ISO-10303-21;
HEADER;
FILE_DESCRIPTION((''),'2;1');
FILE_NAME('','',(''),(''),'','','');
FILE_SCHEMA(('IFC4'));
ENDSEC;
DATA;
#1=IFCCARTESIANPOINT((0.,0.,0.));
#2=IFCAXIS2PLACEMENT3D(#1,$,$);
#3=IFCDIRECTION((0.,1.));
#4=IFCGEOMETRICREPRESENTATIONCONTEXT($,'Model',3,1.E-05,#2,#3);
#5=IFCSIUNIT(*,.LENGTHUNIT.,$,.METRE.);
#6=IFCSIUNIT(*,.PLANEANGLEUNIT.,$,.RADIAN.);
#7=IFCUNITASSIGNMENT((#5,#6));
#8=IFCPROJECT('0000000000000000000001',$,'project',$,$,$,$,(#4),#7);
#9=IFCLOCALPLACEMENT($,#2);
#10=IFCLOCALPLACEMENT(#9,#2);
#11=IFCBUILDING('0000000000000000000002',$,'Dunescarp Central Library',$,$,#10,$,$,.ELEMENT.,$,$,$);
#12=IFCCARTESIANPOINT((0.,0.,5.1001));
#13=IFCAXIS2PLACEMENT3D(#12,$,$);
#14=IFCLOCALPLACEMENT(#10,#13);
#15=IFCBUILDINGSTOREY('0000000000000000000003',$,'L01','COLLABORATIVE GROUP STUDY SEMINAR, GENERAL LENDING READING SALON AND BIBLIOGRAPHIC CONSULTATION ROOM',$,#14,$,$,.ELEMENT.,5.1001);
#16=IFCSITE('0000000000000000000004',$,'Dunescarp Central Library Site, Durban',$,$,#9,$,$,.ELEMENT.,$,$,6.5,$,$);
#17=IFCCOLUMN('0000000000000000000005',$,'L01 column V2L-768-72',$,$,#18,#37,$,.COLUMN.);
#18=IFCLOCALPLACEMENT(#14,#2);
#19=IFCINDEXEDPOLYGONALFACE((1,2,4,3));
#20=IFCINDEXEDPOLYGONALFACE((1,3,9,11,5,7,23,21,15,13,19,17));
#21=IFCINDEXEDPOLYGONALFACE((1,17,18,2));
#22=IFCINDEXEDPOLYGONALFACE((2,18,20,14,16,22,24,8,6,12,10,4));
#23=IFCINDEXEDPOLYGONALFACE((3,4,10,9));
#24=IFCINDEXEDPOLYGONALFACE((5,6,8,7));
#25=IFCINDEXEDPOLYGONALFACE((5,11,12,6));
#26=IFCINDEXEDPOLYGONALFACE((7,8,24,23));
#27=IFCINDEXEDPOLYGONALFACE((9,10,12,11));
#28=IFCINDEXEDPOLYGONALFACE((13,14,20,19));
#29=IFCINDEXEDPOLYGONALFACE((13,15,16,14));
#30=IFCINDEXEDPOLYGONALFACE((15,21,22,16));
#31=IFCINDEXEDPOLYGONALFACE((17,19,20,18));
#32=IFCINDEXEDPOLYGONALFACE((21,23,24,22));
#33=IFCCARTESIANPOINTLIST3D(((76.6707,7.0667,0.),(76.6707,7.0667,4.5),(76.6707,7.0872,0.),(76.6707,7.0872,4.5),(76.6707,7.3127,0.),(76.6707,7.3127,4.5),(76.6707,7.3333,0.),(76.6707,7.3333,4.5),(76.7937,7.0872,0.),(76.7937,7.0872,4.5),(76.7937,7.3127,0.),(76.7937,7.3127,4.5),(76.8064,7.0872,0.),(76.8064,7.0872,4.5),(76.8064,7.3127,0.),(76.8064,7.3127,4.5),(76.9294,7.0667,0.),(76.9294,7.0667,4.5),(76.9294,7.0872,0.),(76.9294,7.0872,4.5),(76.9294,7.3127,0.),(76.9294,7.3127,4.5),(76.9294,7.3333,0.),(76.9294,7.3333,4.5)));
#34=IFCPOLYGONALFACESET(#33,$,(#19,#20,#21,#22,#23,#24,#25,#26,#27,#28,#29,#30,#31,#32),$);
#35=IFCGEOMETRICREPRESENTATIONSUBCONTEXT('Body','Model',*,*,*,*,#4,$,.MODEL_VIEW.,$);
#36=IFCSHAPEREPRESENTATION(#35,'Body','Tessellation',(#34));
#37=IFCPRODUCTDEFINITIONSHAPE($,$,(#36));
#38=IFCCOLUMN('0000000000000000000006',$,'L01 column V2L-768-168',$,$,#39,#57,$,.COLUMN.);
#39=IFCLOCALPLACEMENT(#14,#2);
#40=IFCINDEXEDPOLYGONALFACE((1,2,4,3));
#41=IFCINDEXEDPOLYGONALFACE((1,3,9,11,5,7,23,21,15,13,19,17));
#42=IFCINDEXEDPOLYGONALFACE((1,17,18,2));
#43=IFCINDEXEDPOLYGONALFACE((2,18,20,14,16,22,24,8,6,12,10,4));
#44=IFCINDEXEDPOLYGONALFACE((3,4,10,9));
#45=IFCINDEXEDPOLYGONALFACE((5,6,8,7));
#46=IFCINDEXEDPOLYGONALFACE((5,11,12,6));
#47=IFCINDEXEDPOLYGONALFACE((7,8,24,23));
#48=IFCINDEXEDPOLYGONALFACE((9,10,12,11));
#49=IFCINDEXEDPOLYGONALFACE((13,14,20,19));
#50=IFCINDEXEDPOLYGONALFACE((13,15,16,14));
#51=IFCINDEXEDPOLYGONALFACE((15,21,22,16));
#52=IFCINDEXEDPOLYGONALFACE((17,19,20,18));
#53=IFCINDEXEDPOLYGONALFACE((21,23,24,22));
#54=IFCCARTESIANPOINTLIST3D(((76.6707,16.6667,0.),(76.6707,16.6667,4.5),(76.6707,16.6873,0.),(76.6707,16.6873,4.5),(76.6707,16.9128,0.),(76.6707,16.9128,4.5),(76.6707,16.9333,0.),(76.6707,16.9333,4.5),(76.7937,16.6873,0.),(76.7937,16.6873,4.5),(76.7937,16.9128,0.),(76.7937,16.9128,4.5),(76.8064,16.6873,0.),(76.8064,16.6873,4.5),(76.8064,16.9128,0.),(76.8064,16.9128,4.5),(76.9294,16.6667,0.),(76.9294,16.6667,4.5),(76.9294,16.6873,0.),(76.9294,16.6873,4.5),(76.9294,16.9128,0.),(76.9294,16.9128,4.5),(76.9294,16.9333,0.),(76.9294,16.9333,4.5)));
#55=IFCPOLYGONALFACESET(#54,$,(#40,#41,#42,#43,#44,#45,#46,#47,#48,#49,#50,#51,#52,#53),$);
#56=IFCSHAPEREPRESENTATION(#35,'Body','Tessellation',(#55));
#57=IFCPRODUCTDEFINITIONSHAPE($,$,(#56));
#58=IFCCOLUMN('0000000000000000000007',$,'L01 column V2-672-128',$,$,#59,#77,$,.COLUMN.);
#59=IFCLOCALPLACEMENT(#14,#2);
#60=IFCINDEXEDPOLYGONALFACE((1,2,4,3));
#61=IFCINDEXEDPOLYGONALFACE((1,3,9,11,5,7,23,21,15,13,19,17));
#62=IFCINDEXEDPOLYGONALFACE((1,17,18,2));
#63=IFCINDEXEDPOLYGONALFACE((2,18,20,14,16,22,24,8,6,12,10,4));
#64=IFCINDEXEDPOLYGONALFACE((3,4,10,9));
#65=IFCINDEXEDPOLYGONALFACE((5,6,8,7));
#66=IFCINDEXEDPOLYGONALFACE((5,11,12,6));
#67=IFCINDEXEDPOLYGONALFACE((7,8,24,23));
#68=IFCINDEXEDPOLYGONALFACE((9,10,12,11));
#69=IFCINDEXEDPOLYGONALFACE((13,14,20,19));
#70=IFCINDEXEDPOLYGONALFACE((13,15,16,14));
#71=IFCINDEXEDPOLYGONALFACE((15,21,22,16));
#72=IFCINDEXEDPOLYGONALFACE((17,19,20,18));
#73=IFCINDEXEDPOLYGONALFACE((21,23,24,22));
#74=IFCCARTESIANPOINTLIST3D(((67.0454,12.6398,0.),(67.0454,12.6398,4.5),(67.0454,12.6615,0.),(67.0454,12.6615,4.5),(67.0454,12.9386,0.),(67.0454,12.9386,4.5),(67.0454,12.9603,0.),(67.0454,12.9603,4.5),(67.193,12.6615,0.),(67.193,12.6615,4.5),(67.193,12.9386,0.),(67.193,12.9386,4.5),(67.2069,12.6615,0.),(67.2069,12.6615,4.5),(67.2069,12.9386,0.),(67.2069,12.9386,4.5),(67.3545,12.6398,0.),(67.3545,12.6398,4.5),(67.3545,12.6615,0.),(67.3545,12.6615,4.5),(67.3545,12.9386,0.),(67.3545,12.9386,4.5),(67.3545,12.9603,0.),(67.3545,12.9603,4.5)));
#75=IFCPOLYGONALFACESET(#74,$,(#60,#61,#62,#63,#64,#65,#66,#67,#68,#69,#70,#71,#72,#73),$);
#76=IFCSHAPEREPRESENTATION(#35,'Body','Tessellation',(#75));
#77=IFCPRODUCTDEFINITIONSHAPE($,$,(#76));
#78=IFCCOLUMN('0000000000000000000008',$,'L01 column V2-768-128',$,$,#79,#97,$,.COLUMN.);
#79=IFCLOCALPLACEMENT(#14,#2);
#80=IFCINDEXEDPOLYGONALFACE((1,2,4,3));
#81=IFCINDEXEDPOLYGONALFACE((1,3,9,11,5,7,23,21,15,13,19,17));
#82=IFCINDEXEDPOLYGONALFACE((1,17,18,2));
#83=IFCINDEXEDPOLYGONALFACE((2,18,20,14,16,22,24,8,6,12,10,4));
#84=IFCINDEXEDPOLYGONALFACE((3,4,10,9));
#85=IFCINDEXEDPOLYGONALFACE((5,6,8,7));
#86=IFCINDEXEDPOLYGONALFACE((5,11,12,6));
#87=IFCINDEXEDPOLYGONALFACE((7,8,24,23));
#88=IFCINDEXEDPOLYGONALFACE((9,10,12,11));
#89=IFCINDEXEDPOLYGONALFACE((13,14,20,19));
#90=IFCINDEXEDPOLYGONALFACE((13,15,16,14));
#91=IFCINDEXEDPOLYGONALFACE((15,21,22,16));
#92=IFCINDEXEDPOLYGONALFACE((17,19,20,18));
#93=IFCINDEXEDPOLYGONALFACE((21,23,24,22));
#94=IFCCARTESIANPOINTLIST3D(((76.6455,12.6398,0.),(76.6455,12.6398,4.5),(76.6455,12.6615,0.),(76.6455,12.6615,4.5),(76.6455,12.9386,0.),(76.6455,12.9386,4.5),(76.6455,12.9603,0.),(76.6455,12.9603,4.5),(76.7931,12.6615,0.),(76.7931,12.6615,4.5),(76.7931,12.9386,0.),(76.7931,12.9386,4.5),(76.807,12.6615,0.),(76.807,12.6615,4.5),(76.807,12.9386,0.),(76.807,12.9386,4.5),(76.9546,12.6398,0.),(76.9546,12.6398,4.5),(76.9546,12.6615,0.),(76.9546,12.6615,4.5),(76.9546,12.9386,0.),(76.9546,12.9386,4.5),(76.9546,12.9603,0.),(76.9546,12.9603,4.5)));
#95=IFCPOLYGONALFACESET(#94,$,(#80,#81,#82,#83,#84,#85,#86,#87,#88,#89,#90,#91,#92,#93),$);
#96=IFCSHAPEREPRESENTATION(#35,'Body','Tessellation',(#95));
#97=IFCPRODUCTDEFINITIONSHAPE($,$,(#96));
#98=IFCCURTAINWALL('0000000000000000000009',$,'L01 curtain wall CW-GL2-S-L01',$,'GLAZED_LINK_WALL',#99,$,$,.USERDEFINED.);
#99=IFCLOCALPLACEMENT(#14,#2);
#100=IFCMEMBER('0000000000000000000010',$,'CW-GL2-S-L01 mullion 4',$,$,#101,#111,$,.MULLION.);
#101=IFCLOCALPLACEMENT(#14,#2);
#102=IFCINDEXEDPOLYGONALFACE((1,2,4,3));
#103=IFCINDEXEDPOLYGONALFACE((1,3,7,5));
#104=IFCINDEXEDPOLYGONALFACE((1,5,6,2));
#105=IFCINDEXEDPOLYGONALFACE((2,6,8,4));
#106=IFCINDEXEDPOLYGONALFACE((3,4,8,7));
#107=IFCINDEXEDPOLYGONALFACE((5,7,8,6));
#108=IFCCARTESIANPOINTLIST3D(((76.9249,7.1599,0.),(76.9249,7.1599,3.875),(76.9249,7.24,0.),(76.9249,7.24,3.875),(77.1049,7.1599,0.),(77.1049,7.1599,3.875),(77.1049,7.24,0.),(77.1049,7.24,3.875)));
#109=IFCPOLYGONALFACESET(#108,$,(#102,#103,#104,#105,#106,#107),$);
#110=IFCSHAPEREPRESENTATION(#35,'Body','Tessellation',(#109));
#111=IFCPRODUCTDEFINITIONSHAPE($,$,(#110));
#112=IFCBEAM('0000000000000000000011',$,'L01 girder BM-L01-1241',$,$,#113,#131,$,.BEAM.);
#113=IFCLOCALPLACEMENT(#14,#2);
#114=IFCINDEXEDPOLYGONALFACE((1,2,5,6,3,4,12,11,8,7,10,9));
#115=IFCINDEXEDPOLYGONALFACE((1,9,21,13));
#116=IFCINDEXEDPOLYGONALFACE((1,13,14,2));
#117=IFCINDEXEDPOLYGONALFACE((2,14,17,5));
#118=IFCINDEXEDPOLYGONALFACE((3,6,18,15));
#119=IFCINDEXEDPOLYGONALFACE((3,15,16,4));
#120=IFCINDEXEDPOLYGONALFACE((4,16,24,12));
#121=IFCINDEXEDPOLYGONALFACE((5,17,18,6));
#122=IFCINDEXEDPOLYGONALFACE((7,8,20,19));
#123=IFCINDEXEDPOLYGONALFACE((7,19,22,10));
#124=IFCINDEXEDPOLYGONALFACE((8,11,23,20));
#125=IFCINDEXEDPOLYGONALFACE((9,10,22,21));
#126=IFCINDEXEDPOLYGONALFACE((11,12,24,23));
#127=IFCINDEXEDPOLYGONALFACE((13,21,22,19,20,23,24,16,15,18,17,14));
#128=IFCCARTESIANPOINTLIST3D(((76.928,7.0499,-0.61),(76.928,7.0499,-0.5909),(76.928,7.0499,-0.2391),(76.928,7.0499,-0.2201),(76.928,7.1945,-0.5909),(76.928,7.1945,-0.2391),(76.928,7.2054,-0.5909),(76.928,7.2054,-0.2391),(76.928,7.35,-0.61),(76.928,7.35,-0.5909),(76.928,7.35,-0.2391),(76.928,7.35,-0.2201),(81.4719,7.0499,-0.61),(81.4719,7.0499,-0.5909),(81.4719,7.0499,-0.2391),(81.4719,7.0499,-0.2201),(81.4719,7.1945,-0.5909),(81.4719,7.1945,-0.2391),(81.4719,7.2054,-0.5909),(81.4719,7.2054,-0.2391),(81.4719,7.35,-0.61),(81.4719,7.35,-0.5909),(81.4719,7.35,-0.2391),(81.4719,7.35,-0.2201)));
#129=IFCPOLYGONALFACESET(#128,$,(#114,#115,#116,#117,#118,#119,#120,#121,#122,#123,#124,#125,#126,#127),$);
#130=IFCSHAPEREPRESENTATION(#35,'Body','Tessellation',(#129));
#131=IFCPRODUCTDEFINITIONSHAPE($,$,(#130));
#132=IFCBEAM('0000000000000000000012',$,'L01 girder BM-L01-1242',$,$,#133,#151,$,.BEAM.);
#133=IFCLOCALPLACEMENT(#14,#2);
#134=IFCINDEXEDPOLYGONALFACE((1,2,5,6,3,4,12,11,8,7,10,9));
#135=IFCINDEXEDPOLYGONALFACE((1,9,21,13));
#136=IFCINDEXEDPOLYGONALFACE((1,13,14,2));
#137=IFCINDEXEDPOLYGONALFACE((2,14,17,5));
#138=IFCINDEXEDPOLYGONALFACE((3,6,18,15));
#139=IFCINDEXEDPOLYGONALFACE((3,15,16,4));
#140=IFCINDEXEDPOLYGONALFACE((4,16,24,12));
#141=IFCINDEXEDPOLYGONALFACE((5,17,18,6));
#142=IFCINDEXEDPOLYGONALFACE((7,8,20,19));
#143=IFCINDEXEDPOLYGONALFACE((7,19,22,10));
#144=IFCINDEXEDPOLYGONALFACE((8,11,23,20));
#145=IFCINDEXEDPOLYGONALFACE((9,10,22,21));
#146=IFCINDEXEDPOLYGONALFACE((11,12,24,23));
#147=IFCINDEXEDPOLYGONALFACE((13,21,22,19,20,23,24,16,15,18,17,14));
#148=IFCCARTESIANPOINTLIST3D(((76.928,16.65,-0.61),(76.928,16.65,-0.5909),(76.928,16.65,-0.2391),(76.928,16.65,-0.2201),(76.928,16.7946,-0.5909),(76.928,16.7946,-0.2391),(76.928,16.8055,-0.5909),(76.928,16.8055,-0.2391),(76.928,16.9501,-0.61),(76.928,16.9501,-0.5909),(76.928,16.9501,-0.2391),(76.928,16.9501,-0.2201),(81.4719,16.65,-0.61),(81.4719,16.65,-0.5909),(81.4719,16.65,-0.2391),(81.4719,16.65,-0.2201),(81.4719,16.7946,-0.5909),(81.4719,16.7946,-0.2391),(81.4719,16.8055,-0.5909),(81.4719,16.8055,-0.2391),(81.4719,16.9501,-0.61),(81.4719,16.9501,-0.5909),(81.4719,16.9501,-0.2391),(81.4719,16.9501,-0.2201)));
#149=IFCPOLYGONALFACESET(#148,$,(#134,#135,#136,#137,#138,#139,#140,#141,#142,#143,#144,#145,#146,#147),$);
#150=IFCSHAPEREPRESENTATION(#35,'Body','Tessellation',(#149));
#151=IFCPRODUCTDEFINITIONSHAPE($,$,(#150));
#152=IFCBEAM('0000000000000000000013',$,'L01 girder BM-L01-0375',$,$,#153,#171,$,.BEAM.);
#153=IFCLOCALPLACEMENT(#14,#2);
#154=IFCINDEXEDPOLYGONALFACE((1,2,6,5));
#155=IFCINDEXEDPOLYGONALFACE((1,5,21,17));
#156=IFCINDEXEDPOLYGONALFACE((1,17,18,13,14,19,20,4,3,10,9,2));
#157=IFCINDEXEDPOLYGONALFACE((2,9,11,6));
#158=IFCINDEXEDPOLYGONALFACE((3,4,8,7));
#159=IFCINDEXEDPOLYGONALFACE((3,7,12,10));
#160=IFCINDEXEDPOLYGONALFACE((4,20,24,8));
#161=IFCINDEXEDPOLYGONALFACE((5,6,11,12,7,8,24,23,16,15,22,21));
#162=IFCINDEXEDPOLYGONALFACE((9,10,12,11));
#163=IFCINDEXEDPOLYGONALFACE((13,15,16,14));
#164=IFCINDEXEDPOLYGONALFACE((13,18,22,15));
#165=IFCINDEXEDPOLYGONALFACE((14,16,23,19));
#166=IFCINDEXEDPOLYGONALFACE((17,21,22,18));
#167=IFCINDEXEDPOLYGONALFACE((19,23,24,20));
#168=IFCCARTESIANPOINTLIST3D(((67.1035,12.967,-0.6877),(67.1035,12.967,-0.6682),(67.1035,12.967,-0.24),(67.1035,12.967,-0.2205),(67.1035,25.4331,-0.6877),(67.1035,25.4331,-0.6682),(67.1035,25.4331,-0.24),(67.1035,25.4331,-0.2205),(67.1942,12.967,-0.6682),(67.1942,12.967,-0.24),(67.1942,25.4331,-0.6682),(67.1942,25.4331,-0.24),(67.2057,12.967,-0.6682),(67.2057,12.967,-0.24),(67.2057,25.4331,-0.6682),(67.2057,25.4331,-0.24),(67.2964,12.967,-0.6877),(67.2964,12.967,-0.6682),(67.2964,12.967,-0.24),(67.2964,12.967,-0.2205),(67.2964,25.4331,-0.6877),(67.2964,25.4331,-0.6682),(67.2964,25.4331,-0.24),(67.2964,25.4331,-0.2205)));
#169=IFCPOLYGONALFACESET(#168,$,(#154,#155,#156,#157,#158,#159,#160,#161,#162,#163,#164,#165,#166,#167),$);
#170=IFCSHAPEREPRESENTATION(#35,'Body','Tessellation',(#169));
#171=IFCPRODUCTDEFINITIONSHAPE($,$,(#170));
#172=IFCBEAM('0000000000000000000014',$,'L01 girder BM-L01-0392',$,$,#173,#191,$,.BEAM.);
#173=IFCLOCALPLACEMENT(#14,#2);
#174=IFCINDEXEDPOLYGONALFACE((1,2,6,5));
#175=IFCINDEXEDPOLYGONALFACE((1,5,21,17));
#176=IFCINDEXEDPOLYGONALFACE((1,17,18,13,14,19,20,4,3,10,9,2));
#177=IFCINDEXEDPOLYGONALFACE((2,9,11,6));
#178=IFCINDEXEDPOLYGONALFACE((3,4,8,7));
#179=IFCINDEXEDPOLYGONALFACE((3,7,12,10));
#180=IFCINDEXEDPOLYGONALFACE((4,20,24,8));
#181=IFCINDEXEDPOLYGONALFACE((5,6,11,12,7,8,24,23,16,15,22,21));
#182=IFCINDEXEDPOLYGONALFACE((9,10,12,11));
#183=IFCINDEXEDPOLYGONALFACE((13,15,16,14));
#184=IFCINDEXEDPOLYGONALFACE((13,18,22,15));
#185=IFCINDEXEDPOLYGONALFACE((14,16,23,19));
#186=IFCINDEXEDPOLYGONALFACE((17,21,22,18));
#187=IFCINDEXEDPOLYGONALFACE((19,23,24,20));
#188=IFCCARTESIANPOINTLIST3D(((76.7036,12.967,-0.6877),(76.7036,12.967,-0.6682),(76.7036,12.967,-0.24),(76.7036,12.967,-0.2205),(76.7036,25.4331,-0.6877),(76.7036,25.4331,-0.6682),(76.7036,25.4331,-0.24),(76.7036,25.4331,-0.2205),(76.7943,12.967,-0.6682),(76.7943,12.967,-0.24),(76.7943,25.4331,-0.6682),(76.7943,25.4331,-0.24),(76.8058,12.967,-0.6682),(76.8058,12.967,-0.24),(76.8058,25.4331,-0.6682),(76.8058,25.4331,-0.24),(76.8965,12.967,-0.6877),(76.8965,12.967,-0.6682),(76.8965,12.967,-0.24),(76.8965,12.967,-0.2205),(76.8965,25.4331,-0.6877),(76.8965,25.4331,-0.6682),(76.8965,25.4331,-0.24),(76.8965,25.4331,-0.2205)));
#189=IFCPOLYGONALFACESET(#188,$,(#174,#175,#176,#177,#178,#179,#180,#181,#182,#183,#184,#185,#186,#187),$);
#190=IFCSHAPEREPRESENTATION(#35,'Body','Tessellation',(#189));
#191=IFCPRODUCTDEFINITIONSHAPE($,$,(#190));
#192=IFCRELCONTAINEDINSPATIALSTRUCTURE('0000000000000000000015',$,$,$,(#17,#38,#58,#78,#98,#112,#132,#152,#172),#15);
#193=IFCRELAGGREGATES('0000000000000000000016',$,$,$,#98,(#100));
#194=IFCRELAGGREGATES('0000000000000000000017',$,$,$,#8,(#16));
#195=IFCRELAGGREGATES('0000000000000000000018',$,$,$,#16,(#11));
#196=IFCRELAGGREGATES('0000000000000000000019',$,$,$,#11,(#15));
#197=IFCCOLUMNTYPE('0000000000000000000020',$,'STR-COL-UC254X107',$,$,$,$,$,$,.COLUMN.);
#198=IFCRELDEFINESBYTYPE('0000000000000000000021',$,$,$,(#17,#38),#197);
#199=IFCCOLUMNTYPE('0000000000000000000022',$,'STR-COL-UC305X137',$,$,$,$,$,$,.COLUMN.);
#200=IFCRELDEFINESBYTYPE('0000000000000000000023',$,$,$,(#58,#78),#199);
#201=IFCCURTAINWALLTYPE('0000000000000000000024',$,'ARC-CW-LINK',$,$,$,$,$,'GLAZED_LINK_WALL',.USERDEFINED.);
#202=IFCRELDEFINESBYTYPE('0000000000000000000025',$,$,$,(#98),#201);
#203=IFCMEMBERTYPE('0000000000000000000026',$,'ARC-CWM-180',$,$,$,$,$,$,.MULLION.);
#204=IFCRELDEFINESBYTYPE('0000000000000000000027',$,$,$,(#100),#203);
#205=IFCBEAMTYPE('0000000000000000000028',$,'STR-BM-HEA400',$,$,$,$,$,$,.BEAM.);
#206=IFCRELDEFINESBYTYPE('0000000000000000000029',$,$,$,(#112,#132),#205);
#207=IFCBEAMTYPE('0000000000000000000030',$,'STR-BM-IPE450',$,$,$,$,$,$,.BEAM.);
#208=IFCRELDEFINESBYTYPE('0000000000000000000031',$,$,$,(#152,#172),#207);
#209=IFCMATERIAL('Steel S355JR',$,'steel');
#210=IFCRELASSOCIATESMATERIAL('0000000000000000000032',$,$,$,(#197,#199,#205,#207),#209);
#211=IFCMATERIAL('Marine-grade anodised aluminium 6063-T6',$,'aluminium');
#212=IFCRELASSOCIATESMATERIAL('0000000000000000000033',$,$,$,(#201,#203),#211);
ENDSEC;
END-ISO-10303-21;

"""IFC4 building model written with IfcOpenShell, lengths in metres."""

from ifc_helpers import new_model, si_unit, direction, frame, origin, origin_2d, place, context, subcontext, project, spatial, rectangle, i_section, extrude, material, material_profile, profile_set, type_object, element, aggregate, save


model = new_model("IFC4")

# Units and contexts
model_context = context("Model", 3, precision=1e-05, world=origin(), true_north=direction((0.0, 1.0)))
body_context = subcontext(model_context, "Body", "Model", "MODEL_VIEW")
ifc_project = project(units=[si_unit("LENGTHUNIT", "METRE"), si_unit("PLANEANGLEUNIT", "RADIAN")], contexts=[model_context])

# Site, building, storey
site_placement = place(None, origin())
site = spatial("IfcSite", under=ifc_project, at=site_placement, Name="Dunescarp Central Library Site, Durban", CompositionType="ELEMENT", RefElevation=6.5)
building_placement = place(site_placement, origin())
building = spatial("IfcBuilding", under=site, at=building_placement, Name="Dunescarp Central Library", CompositionType="ELEMENT")
storey_placement = place(building_placement, frame((0.0, 0.0, 5.1001)))
storey = spatial("IfcBuildingStorey", under=building, at=storey_placement, Name="L01", Description="COLLABORATIVE GROUP STUDY SEMINAR, GENERAL LENDING READING SALON AND BIBLIOGRAPHIC CONSULTATION ROOM", CompositionType="ELEMENT", Elevation=5.1001)

# Columns
ifc_material_1 = material(Name="Steel S355JR", Category="steel")
ifc_material_profile_1 = material_profile(ifc_material_1, i_section(OverallWidth=0.2588, OverallDepth=0.2666, WebThickness=0.0127, FlangeThickness=0.0205, at=origin_2d()), Name="UC 254x254x107")
ifc_profile_set_1 = profile_set([ifc_material_profile_1], Name="Steel S355JR")
column_type_1 = type_object("IfcColumnType", Name="STR-COL-UC254X107", PredefinedType="COLUMN", material=ifc_profile_set_1)
for number, where, z_axis, x_axis, name in (
    (1, (76.8, 7.2, 0.0), (0.0, 0.0, 1.0), (1.0, 0.0, 0.0), "L01 column V2L-768-72"),
    (2, (76.8, 16.8, 0.0), (0.0, 0.0, 1.0), (1.0, 0.0, 0.0), "L01 column V2L-768-168"),
):
    element("IfcColumn", number, at=place(storey_placement, frame(where, z_axis=z_axis, x_axis=x_axis)), inside=storey, type_object=column_type_1, Name=name, PredefinedType="COLUMN", context=body_context, shape_type="SweptSolid", body=[
        extrude(i_section(OverallWidth=0.2588, OverallDepth=0.2666, WebThickness=0.0127, FlangeThickness=0.0205, at=origin_2d()), origin(), (0.0, 0.0, 1.0), 4.5),
    ])
ifc_material_profile_2 = material_profile(ifc_material_1, i_section(OverallWidth=0.3091, OverallDepth=0.3206, WebThickness=0.0139, FlangeThickness=0.0217, at=origin_2d()), Name="UC 305x305x137")
ifc_profile_set_2 = profile_set([ifc_material_profile_2], Name="Steel S355JR")
column_type_2 = type_object("IfcColumnType", Name="STR-COL-UC305X137", PredefinedType="COLUMN", material=ifc_profile_set_2)
for number, where, z_axis, x_axis, name in (
    (3, (67.2, 12.8, 0.0), (0.0, 0.0, 1.0), (1.0, 0.0, 0.0), "L01 column V2-672-128"),
    (4, (76.8, 12.8, 0.0), (0.0, 0.0, 1.0), (1.0, 0.0, 0.0), "L01 column V2-768-128"),
):
    element("IfcColumn", number, at=place(storey_placement, frame(where, z_axis=z_axis, x_axis=x_axis)), inside=storey, type_object=column_type_2, Name=name, PredefinedType="COLUMN", context=body_context, shape_type="SweptSolid", body=[
        extrude(i_section(OverallWidth=0.3091, OverallDepth=0.3206, WebThickness=0.0139, FlangeThickness=0.0217, at=origin_2d()), origin(), (0.0, 0.0, 1.0), 4.5),
    ])

# Curtain wall, member
ifc_material_2 = material(Name="Marine-grade anodised aluminium 6063-T6", Category="aluminium")
curtain_wall_type = type_object("IfcCurtainWallType", Name="ARC-CW-LINK", ElementType="GLAZED_LINK_WALL", PredefinedType="USERDEFINED", material=ifc_material_2)
curtain_wall_placement = place(storey_placement, origin())
curtain_wall = element("IfcCurtainWall", 5, at=curtain_wall_placement, inside=storey, type_object=curtain_wall_type, Name="L01 curtain wall CW-GL2-S-L01", ObjectType="GLAZED_LINK_WALL", PredefinedType="USERDEFINED")
ifc_material_profile_3 = material_profile(ifc_material_2, rectangle(XDim=0.0801, YDim=0.1799, at=origin_2d()), Name="AL 80x180")
ifc_profile_set_3 = profile_set([ifc_material_profile_3], Name="Marine-grade anodised aluminium 6063-T6")
member_type = type_object("IfcMemberType", Name="ARC-CWM-180", PredefinedType="MULLION", material=ifc_profile_set_3)
member_placement = place(storey_placement, frame((77.0149, 7.2, 0.0), z_axis=(0.0, 0.0, 1.0), x_axis=(0.0, -1.0, 0.0)))
member = element("IfcMember", 6, at=member_placement, type_object=member_type, Name="CW-GL2-S-L01 mullion 4", PredefinedType="MULLION", context=body_context, shape_type="SweptSolid", body=[
    extrude(rectangle(XDim=0.0801, YDim=0.1799, at=origin_2d()), origin(), (0.0, 0.0, 1.0), 3.875),
])
aggregate(curtain_wall, [member])

# Beams
ifc_material_profile_4 = material_profile(ifc_material_1, i_section(OverallWidth=0.3, OverallDepth=0.3899, WebThickness=0.011, FlangeThickness=0.019, at=origin_2d()), Name="HEA 400")
ifc_profile_set_4 = profile_set([ifc_material_profile_4], Name="Steel S355JR")
beam_type_1 = type_object("IfcBeamType", Name="STR-BM-HEA400", PredefinedType="BEAM", material=ifc_profile_set_4)
for number, where, z_axis, x_axis, name in (
    (7, (76.928, 7.2, -0.415), (1.0, 0.0, 0.0), (0.0, 1.0, 0.0), "L01 girder BM-L01-1241"),
    (8, (76.928, 16.8, -0.415), (1.0, 0.0, 0.0), (0.0, 1.0, 0.0), "L01 girder BM-L01-1242"),
):
    element("IfcBeam", number, at=place(storey_placement, frame(where, z_axis=z_axis, x_axis=x_axis)), inside=storey, type_object=beam_type_1, Name=name, PredefinedType="BEAM", context=body_context, shape_type="SweptSolid", body=[
        extrude(i_section(OverallWidth=0.3, OverallDepth=0.3899, WebThickness=0.011, FlangeThickness=0.019, at=origin_2d()), origin(), (0.0, 0.0, 1.0), 4.5439),
    ])
ifc_material_profile_5 = material_profile(ifc_material_1, i_section(OverallWidth=0.1929, OverallDepth=0.4673, WebThickness=0.0115, FlangeThickness=0.0195, at=origin_2d()), Name="UB 457x191x98")
ifc_profile_set_5 = profile_set([ifc_material_profile_5], Name="Steel S355JR")
beam_type_2 = type_object("IfcBeamType", Name="STR-BM-IPE450", PredefinedType="BEAM", material=ifc_profile_set_5)
for number, where, z_axis, x_axis, name in (
    (9, (67.2, 12.967, -0.4541), (0.0, 1.0, 0.0), (-1.0, 0.0, 0.0), "L01 girder BM-L01-0375"),
    (10, (76.8, 12.967, -0.4541), (0.0, 1.0, 0.0), (-1.0, 0.0, 0.0), "L01 girder BM-L01-0392"),
):
    element("IfcBeam", number, at=place(storey_placement, frame(where, z_axis=z_axis, x_axis=x_axis)), inside=storey, type_object=beam_type_2, Name=name, PredefinedType="BEAM", context=body_context, shape_type="SweptSolid", body=[
        extrude(i_section(OverallWidth=0.1929, OverallDepth=0.4673, WebThickness=0.0115, FlangeThickness=0.0195, at=origin_2d()), origin(), (0.0, 0.0, 1.0), 12.4661),
    ])

save(model, "model.ifc")
